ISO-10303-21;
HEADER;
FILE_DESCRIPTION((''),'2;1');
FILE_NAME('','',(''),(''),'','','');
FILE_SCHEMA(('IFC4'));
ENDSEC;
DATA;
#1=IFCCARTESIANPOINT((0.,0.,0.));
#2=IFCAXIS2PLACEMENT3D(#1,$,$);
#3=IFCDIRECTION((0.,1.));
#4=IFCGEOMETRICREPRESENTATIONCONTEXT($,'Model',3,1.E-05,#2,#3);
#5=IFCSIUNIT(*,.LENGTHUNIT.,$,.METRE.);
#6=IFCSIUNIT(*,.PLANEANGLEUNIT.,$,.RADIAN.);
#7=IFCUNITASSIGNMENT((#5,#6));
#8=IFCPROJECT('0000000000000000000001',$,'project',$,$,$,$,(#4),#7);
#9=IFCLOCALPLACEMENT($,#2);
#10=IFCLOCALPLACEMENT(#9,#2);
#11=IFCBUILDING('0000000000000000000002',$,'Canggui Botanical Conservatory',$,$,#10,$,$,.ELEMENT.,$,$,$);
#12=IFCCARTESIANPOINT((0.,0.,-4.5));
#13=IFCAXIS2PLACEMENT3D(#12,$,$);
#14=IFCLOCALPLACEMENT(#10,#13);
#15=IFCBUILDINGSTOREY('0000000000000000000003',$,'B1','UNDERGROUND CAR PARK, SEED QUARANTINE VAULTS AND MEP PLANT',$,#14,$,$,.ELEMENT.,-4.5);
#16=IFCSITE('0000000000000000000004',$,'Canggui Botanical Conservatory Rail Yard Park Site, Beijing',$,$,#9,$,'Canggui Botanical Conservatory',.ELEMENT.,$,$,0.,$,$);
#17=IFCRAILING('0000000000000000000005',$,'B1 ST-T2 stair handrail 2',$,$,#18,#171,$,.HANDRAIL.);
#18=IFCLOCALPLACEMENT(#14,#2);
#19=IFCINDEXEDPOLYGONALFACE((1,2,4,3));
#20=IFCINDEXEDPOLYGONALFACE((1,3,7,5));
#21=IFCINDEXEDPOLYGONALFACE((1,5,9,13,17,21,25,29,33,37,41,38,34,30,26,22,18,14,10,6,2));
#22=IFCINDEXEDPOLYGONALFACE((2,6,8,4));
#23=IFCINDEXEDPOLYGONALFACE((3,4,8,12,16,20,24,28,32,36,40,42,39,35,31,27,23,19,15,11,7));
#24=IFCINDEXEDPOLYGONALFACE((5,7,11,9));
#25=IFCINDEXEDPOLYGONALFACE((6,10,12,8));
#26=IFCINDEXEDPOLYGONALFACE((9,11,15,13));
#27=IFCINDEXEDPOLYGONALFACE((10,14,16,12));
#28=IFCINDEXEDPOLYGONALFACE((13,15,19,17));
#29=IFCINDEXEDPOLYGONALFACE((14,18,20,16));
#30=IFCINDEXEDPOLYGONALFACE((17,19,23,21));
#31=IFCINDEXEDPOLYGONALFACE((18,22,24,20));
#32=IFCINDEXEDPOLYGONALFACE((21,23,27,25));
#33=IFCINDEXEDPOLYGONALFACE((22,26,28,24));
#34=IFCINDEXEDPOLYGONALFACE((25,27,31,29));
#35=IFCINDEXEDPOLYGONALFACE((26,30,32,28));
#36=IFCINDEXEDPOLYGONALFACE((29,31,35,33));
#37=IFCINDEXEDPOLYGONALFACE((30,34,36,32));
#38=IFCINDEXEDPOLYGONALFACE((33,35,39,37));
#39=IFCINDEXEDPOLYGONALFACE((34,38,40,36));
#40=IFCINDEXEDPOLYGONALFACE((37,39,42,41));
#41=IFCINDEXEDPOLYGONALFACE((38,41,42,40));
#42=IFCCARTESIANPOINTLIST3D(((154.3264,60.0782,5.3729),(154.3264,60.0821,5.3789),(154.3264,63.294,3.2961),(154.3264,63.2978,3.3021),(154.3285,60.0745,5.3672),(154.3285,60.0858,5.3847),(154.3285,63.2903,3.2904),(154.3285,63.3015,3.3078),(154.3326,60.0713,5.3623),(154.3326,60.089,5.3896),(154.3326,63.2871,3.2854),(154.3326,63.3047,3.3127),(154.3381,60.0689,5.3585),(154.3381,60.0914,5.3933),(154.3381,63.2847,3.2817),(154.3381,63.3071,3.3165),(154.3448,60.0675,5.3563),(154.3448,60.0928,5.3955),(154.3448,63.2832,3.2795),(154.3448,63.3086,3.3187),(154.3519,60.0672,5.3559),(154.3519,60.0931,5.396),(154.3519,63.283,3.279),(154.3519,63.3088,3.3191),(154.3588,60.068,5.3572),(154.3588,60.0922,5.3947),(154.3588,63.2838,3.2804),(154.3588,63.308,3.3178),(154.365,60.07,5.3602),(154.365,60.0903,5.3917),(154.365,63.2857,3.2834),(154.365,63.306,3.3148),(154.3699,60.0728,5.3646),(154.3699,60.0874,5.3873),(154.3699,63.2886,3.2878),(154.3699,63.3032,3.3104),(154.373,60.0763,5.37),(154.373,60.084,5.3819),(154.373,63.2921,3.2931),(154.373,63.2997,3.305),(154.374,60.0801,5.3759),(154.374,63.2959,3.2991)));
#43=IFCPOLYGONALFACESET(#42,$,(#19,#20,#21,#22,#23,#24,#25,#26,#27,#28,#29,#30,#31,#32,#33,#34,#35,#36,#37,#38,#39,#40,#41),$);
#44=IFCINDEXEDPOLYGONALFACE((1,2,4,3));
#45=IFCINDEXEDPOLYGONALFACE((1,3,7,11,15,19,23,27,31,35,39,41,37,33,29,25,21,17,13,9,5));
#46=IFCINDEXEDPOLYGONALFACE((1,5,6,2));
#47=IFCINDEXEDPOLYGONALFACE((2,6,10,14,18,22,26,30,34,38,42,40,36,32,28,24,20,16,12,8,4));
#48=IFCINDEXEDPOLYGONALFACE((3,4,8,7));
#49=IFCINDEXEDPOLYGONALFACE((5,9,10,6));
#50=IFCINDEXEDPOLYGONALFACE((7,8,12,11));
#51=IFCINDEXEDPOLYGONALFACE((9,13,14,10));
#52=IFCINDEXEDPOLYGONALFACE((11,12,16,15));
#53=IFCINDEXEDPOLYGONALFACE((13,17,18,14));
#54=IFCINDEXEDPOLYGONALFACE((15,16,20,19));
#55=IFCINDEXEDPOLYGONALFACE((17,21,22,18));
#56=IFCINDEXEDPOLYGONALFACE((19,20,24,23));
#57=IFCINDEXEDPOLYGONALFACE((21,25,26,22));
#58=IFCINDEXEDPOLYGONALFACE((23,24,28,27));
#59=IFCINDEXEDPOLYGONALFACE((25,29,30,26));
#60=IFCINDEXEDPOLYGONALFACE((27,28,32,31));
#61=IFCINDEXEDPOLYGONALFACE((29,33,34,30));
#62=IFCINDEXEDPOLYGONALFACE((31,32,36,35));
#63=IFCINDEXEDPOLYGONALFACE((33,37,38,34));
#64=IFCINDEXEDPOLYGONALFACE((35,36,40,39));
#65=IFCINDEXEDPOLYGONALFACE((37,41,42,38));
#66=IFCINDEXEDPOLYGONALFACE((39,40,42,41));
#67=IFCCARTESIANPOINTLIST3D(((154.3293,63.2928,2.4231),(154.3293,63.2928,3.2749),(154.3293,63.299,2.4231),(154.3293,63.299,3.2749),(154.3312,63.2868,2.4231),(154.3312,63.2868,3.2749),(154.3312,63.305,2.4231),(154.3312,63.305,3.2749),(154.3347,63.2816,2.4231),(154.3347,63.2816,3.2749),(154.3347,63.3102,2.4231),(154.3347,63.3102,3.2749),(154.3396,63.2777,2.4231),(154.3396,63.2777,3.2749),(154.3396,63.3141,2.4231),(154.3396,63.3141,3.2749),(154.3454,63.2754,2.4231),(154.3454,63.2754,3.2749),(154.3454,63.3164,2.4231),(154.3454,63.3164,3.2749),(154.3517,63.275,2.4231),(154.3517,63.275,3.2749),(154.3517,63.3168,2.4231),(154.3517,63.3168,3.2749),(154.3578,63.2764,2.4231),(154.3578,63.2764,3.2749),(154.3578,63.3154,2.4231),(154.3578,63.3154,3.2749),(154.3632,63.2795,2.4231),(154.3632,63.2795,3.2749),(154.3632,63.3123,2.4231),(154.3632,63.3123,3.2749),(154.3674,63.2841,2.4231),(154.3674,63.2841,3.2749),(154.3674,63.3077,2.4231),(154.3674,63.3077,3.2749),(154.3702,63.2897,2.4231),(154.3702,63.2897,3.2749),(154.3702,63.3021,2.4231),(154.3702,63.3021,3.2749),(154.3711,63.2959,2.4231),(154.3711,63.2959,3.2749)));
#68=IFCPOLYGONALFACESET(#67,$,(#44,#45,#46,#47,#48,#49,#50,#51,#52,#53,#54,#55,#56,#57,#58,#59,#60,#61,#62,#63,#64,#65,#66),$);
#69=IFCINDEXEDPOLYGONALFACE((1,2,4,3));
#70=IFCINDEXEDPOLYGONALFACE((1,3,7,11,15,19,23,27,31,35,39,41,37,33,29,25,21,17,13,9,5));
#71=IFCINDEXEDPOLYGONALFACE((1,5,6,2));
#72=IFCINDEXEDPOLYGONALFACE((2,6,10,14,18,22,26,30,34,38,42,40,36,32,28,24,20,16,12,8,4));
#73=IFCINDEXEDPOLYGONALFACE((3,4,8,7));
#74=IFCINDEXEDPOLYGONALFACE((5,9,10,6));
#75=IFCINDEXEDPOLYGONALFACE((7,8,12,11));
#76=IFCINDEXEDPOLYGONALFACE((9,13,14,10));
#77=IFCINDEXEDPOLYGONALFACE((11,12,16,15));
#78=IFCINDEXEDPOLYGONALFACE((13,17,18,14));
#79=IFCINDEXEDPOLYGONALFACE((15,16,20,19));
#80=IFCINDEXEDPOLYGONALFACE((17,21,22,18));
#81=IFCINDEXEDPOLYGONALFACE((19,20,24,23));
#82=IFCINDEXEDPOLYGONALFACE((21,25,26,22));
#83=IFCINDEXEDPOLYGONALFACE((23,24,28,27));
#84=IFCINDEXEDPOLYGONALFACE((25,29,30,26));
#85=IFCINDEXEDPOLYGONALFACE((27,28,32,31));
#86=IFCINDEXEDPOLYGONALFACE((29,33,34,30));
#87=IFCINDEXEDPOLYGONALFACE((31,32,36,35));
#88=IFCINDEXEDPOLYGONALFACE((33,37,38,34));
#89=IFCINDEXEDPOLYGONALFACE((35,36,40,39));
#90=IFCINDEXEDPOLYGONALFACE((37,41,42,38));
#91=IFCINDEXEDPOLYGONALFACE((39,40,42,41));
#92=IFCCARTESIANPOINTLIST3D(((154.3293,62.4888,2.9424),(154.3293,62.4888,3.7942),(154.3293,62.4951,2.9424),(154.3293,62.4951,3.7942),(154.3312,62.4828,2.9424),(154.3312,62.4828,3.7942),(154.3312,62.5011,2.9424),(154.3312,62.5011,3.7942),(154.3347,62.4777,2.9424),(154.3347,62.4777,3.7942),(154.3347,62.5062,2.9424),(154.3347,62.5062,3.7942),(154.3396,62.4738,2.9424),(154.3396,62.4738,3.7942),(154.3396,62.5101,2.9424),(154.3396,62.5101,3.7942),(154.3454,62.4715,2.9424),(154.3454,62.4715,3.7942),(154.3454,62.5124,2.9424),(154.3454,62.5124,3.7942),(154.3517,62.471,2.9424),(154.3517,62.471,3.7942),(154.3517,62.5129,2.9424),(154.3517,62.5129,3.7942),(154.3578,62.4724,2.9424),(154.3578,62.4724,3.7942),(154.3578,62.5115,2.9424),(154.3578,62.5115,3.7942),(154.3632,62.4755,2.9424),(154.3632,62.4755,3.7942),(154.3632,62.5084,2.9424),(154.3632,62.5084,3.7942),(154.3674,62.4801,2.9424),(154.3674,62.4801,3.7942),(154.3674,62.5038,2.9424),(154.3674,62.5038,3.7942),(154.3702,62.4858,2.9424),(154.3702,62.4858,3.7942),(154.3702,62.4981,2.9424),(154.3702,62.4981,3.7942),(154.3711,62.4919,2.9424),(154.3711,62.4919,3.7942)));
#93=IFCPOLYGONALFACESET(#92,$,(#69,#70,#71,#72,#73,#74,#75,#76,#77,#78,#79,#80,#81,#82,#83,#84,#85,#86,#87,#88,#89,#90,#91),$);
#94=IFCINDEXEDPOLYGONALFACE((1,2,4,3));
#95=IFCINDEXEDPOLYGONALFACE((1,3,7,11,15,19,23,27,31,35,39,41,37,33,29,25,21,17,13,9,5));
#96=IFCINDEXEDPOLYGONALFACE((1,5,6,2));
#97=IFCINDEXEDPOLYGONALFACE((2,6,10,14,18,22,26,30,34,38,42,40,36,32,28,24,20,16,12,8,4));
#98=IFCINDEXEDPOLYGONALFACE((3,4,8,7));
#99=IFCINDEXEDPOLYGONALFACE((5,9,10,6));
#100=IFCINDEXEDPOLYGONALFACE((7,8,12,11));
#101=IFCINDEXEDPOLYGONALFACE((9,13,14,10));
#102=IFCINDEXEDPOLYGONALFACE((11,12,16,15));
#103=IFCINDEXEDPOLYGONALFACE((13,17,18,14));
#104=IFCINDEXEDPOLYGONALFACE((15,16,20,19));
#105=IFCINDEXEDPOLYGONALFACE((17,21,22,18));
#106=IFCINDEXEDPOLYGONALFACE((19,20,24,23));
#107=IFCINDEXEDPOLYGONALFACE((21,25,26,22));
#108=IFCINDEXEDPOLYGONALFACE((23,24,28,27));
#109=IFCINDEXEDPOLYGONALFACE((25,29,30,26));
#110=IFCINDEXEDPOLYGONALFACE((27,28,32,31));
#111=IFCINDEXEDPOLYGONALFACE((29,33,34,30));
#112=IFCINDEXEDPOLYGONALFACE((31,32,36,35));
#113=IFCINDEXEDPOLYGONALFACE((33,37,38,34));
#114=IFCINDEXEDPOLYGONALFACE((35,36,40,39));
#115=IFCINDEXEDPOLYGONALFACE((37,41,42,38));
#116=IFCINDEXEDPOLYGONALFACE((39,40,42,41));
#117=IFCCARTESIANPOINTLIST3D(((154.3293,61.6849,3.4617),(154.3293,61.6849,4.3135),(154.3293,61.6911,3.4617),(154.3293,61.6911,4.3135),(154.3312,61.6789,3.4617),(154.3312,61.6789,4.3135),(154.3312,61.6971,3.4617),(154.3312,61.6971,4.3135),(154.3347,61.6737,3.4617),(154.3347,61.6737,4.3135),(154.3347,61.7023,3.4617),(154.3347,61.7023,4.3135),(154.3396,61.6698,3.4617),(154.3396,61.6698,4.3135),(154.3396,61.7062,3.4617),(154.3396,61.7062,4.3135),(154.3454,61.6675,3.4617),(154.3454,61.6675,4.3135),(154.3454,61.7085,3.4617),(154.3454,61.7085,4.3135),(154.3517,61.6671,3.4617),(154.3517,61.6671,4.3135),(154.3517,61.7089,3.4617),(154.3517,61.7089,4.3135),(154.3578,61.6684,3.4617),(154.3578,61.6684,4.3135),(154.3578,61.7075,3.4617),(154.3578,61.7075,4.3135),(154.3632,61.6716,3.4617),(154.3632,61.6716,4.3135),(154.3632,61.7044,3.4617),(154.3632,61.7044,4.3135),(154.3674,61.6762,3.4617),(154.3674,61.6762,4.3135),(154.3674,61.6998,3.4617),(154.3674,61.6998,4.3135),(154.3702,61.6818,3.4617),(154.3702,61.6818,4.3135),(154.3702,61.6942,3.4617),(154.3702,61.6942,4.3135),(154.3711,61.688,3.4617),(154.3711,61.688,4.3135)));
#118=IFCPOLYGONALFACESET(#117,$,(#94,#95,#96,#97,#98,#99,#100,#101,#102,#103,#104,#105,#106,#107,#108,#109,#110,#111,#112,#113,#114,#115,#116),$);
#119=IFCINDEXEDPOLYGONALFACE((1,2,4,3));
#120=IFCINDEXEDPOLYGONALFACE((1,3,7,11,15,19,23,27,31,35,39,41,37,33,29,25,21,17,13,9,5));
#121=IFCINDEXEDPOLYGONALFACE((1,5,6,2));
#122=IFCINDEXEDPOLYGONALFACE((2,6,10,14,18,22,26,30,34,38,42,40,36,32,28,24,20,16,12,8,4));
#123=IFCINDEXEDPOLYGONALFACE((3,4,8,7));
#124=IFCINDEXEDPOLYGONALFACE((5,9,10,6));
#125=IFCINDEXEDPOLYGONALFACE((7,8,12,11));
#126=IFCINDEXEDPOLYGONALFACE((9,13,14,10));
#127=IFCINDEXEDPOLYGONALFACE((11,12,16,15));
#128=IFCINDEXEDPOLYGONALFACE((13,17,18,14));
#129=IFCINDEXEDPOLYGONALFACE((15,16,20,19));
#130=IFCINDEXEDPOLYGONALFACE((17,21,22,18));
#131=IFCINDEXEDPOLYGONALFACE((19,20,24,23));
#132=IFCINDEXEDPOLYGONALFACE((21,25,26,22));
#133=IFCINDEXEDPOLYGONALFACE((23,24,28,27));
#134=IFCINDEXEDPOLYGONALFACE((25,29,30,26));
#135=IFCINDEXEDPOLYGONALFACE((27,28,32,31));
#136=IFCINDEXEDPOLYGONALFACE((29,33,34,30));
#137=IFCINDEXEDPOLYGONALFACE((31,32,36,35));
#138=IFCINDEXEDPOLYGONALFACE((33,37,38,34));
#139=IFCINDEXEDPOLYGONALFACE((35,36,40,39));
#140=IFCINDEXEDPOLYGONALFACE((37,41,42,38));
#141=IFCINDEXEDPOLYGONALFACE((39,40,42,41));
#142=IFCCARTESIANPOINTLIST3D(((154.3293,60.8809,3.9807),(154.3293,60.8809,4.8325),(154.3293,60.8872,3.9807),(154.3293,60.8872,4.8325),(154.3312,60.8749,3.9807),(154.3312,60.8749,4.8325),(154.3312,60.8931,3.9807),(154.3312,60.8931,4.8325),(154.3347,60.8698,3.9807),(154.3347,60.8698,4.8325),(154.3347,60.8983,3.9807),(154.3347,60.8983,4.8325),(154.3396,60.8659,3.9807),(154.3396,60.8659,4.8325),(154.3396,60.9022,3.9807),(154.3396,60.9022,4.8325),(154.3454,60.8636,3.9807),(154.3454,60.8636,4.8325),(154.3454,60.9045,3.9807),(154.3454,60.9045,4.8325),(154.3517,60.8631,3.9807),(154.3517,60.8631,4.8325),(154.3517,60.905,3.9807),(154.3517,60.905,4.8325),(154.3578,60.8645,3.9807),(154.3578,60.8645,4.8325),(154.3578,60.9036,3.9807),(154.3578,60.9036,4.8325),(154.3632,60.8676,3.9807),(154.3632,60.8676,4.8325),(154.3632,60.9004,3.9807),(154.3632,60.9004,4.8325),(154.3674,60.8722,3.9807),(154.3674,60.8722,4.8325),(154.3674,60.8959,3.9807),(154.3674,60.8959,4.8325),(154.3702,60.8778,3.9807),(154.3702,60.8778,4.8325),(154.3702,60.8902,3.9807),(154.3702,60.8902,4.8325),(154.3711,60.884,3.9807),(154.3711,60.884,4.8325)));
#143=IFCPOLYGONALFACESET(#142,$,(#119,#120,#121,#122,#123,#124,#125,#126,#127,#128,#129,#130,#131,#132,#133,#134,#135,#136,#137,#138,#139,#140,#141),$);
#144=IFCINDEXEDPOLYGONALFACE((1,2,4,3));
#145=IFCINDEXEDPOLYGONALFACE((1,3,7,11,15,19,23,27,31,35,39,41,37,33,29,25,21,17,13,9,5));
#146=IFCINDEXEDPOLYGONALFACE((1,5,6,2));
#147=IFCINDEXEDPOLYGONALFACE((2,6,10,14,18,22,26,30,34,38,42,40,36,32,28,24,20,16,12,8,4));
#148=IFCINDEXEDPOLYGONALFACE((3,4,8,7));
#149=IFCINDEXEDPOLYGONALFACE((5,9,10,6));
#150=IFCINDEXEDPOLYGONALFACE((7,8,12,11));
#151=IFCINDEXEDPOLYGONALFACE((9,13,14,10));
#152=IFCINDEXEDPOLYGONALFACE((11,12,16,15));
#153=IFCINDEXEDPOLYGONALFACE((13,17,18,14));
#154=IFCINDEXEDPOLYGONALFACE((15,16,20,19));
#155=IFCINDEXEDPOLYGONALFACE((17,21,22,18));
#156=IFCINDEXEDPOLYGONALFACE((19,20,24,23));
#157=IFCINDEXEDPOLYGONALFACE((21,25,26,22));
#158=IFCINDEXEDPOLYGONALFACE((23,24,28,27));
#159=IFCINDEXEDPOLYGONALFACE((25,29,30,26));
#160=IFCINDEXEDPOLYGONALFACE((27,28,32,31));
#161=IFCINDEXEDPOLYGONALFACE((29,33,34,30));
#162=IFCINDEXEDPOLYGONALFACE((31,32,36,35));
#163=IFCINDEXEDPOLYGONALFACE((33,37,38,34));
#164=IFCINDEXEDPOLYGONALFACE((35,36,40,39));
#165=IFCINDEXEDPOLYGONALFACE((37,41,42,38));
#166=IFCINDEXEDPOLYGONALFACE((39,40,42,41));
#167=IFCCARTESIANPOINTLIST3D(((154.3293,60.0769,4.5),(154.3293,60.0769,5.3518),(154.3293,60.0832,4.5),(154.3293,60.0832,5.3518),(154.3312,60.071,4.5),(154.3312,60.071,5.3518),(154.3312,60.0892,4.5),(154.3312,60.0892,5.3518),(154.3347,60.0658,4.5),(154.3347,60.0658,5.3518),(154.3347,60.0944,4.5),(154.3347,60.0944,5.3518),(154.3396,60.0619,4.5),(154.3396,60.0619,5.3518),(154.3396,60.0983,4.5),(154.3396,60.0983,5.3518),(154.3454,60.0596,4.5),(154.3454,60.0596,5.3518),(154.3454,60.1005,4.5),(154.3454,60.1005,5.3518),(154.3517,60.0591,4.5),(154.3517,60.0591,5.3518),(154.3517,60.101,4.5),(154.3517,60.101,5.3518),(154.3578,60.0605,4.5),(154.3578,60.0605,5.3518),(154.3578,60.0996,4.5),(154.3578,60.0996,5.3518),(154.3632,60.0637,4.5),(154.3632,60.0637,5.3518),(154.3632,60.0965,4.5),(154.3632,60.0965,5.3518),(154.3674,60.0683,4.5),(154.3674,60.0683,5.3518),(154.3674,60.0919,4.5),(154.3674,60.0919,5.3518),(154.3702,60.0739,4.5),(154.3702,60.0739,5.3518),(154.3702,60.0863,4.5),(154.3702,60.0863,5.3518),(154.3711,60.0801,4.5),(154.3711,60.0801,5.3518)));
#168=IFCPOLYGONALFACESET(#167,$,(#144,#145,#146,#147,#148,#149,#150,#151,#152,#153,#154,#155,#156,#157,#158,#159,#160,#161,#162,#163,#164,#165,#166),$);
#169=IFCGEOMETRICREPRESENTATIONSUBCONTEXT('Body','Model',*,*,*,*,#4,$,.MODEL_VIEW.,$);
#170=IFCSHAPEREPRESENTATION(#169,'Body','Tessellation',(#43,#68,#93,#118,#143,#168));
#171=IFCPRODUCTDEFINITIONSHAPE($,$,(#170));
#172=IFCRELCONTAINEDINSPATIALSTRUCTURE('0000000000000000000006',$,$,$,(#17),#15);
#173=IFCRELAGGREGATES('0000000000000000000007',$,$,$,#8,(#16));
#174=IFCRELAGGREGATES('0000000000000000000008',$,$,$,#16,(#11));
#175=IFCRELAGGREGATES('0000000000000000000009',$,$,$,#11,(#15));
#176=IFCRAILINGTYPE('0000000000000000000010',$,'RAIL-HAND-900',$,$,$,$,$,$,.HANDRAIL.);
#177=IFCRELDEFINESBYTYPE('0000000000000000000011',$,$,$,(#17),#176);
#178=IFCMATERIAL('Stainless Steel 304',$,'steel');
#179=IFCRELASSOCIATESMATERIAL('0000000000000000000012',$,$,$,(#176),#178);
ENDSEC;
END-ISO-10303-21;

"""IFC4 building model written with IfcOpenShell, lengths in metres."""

from ifc_helpers import new_model, si_unit, direction, frame, origin, origin_2d, place, context, subcontext, project, spatial, circle, extrude, material, type_object, element, save


model = new_model("IFC4")

# Units and contexts
model_context = context("Model", 3, precision=1e-05, world=origin(), true_north=direction((0.0, 1.0)))
body_context = subcontext(model_context, "Body", "Model", "MODEL_VIEW")
ifc_project = project(units=[si_unit("LENGTHUNIT", "METRE"), si_unit("PLANEANGLEUNIT", "RADIAN")], contexts=[model_context])

# Site, building, storey
site_placement = place(None, origin())
site = spatial("IfcSite", under=ifc_project, at=site_placement, Name="Canggui Botanical Conservatory Rail Yard Park Site, Beijing", LongName="Canggui Botanical Conservatory", CompositionType="ELEMENT", RefElevation=0.0)
building_placement = place(site_placement, origin())
building = spatial("IfcBuilding", under=site, at=building_placement, Name="Canggui Botanical Conservatory", CompositionType="ELEMENT")
storey_placement = place(building_placement, frame((0.0, 0.0, -4.5)))
storey = spatial("IfcBuildingStorey", under=building, at=storey_placement, Name="B1", Description="UNDERGROUND CAR PARK, SEED QUARANTINE VAULTS AND MEP PLANT", CompositionType="ELEMENT", Elevation=-4.5)

# Railing
ifc_material_1 = material(Name="Stainless Steel 304", Category="steel")
railing_type_1 = type_object("IfcRailingType", Name="RAIL-HAND-900", PredefinedType="HANDRAIL", material=ifc_material_1)
railing_1_placement = place(storey_placement, frame((154.3501, 63.2959, 2.4231)))
element("IfcRailing", 1, at=railing_1_placement, inside=storey, type_object=railing_type_1, Name="B1 ST-T2 stair handrail 2", PredefinedType="HANDRAIL", context=body_context, shape_type="SweptSolid", body=[
    extrude(circle(Radius=0.0239, at=origin_2d()), frame((0.0, 0.0, 0.876), z_axis=(0.0, -0.840037, 0.542529), x_axis=(1.0, 0.0, 0.0)), (0.0, 0.0, 1.0), 3.8281),
    extrude(circle(Radius=0.021, at=origin_2d()), origin(), (0.0, 0.0, 1.0), 0.8518),
    extrude(circle(Radius=0.021, at=origin_2d()), frame((0.0, -0.804, 0.5193)), (0.0, 0.0, 1.0), 0.8518),
    extrude(circle(Radius=0.021, at=origin_2d()), frame((0.0, -1.6079, 1.0386)), (0.0, 0.0, 1.0), 0.8518),
    extrude(circle(Radius=0.021, at=origin_2d()), frame((0.0, -2.4119, 1.5576)), (0.0, 0.0, 1.0), 0.8518),
    extrude(circle(Radius=0.021, at=origin_2d()), frame((0.0, -3.2158, 2.0769)), (0.0, 0.0, 1.0), 0.8518),
])

save(model, "model.ifc")
